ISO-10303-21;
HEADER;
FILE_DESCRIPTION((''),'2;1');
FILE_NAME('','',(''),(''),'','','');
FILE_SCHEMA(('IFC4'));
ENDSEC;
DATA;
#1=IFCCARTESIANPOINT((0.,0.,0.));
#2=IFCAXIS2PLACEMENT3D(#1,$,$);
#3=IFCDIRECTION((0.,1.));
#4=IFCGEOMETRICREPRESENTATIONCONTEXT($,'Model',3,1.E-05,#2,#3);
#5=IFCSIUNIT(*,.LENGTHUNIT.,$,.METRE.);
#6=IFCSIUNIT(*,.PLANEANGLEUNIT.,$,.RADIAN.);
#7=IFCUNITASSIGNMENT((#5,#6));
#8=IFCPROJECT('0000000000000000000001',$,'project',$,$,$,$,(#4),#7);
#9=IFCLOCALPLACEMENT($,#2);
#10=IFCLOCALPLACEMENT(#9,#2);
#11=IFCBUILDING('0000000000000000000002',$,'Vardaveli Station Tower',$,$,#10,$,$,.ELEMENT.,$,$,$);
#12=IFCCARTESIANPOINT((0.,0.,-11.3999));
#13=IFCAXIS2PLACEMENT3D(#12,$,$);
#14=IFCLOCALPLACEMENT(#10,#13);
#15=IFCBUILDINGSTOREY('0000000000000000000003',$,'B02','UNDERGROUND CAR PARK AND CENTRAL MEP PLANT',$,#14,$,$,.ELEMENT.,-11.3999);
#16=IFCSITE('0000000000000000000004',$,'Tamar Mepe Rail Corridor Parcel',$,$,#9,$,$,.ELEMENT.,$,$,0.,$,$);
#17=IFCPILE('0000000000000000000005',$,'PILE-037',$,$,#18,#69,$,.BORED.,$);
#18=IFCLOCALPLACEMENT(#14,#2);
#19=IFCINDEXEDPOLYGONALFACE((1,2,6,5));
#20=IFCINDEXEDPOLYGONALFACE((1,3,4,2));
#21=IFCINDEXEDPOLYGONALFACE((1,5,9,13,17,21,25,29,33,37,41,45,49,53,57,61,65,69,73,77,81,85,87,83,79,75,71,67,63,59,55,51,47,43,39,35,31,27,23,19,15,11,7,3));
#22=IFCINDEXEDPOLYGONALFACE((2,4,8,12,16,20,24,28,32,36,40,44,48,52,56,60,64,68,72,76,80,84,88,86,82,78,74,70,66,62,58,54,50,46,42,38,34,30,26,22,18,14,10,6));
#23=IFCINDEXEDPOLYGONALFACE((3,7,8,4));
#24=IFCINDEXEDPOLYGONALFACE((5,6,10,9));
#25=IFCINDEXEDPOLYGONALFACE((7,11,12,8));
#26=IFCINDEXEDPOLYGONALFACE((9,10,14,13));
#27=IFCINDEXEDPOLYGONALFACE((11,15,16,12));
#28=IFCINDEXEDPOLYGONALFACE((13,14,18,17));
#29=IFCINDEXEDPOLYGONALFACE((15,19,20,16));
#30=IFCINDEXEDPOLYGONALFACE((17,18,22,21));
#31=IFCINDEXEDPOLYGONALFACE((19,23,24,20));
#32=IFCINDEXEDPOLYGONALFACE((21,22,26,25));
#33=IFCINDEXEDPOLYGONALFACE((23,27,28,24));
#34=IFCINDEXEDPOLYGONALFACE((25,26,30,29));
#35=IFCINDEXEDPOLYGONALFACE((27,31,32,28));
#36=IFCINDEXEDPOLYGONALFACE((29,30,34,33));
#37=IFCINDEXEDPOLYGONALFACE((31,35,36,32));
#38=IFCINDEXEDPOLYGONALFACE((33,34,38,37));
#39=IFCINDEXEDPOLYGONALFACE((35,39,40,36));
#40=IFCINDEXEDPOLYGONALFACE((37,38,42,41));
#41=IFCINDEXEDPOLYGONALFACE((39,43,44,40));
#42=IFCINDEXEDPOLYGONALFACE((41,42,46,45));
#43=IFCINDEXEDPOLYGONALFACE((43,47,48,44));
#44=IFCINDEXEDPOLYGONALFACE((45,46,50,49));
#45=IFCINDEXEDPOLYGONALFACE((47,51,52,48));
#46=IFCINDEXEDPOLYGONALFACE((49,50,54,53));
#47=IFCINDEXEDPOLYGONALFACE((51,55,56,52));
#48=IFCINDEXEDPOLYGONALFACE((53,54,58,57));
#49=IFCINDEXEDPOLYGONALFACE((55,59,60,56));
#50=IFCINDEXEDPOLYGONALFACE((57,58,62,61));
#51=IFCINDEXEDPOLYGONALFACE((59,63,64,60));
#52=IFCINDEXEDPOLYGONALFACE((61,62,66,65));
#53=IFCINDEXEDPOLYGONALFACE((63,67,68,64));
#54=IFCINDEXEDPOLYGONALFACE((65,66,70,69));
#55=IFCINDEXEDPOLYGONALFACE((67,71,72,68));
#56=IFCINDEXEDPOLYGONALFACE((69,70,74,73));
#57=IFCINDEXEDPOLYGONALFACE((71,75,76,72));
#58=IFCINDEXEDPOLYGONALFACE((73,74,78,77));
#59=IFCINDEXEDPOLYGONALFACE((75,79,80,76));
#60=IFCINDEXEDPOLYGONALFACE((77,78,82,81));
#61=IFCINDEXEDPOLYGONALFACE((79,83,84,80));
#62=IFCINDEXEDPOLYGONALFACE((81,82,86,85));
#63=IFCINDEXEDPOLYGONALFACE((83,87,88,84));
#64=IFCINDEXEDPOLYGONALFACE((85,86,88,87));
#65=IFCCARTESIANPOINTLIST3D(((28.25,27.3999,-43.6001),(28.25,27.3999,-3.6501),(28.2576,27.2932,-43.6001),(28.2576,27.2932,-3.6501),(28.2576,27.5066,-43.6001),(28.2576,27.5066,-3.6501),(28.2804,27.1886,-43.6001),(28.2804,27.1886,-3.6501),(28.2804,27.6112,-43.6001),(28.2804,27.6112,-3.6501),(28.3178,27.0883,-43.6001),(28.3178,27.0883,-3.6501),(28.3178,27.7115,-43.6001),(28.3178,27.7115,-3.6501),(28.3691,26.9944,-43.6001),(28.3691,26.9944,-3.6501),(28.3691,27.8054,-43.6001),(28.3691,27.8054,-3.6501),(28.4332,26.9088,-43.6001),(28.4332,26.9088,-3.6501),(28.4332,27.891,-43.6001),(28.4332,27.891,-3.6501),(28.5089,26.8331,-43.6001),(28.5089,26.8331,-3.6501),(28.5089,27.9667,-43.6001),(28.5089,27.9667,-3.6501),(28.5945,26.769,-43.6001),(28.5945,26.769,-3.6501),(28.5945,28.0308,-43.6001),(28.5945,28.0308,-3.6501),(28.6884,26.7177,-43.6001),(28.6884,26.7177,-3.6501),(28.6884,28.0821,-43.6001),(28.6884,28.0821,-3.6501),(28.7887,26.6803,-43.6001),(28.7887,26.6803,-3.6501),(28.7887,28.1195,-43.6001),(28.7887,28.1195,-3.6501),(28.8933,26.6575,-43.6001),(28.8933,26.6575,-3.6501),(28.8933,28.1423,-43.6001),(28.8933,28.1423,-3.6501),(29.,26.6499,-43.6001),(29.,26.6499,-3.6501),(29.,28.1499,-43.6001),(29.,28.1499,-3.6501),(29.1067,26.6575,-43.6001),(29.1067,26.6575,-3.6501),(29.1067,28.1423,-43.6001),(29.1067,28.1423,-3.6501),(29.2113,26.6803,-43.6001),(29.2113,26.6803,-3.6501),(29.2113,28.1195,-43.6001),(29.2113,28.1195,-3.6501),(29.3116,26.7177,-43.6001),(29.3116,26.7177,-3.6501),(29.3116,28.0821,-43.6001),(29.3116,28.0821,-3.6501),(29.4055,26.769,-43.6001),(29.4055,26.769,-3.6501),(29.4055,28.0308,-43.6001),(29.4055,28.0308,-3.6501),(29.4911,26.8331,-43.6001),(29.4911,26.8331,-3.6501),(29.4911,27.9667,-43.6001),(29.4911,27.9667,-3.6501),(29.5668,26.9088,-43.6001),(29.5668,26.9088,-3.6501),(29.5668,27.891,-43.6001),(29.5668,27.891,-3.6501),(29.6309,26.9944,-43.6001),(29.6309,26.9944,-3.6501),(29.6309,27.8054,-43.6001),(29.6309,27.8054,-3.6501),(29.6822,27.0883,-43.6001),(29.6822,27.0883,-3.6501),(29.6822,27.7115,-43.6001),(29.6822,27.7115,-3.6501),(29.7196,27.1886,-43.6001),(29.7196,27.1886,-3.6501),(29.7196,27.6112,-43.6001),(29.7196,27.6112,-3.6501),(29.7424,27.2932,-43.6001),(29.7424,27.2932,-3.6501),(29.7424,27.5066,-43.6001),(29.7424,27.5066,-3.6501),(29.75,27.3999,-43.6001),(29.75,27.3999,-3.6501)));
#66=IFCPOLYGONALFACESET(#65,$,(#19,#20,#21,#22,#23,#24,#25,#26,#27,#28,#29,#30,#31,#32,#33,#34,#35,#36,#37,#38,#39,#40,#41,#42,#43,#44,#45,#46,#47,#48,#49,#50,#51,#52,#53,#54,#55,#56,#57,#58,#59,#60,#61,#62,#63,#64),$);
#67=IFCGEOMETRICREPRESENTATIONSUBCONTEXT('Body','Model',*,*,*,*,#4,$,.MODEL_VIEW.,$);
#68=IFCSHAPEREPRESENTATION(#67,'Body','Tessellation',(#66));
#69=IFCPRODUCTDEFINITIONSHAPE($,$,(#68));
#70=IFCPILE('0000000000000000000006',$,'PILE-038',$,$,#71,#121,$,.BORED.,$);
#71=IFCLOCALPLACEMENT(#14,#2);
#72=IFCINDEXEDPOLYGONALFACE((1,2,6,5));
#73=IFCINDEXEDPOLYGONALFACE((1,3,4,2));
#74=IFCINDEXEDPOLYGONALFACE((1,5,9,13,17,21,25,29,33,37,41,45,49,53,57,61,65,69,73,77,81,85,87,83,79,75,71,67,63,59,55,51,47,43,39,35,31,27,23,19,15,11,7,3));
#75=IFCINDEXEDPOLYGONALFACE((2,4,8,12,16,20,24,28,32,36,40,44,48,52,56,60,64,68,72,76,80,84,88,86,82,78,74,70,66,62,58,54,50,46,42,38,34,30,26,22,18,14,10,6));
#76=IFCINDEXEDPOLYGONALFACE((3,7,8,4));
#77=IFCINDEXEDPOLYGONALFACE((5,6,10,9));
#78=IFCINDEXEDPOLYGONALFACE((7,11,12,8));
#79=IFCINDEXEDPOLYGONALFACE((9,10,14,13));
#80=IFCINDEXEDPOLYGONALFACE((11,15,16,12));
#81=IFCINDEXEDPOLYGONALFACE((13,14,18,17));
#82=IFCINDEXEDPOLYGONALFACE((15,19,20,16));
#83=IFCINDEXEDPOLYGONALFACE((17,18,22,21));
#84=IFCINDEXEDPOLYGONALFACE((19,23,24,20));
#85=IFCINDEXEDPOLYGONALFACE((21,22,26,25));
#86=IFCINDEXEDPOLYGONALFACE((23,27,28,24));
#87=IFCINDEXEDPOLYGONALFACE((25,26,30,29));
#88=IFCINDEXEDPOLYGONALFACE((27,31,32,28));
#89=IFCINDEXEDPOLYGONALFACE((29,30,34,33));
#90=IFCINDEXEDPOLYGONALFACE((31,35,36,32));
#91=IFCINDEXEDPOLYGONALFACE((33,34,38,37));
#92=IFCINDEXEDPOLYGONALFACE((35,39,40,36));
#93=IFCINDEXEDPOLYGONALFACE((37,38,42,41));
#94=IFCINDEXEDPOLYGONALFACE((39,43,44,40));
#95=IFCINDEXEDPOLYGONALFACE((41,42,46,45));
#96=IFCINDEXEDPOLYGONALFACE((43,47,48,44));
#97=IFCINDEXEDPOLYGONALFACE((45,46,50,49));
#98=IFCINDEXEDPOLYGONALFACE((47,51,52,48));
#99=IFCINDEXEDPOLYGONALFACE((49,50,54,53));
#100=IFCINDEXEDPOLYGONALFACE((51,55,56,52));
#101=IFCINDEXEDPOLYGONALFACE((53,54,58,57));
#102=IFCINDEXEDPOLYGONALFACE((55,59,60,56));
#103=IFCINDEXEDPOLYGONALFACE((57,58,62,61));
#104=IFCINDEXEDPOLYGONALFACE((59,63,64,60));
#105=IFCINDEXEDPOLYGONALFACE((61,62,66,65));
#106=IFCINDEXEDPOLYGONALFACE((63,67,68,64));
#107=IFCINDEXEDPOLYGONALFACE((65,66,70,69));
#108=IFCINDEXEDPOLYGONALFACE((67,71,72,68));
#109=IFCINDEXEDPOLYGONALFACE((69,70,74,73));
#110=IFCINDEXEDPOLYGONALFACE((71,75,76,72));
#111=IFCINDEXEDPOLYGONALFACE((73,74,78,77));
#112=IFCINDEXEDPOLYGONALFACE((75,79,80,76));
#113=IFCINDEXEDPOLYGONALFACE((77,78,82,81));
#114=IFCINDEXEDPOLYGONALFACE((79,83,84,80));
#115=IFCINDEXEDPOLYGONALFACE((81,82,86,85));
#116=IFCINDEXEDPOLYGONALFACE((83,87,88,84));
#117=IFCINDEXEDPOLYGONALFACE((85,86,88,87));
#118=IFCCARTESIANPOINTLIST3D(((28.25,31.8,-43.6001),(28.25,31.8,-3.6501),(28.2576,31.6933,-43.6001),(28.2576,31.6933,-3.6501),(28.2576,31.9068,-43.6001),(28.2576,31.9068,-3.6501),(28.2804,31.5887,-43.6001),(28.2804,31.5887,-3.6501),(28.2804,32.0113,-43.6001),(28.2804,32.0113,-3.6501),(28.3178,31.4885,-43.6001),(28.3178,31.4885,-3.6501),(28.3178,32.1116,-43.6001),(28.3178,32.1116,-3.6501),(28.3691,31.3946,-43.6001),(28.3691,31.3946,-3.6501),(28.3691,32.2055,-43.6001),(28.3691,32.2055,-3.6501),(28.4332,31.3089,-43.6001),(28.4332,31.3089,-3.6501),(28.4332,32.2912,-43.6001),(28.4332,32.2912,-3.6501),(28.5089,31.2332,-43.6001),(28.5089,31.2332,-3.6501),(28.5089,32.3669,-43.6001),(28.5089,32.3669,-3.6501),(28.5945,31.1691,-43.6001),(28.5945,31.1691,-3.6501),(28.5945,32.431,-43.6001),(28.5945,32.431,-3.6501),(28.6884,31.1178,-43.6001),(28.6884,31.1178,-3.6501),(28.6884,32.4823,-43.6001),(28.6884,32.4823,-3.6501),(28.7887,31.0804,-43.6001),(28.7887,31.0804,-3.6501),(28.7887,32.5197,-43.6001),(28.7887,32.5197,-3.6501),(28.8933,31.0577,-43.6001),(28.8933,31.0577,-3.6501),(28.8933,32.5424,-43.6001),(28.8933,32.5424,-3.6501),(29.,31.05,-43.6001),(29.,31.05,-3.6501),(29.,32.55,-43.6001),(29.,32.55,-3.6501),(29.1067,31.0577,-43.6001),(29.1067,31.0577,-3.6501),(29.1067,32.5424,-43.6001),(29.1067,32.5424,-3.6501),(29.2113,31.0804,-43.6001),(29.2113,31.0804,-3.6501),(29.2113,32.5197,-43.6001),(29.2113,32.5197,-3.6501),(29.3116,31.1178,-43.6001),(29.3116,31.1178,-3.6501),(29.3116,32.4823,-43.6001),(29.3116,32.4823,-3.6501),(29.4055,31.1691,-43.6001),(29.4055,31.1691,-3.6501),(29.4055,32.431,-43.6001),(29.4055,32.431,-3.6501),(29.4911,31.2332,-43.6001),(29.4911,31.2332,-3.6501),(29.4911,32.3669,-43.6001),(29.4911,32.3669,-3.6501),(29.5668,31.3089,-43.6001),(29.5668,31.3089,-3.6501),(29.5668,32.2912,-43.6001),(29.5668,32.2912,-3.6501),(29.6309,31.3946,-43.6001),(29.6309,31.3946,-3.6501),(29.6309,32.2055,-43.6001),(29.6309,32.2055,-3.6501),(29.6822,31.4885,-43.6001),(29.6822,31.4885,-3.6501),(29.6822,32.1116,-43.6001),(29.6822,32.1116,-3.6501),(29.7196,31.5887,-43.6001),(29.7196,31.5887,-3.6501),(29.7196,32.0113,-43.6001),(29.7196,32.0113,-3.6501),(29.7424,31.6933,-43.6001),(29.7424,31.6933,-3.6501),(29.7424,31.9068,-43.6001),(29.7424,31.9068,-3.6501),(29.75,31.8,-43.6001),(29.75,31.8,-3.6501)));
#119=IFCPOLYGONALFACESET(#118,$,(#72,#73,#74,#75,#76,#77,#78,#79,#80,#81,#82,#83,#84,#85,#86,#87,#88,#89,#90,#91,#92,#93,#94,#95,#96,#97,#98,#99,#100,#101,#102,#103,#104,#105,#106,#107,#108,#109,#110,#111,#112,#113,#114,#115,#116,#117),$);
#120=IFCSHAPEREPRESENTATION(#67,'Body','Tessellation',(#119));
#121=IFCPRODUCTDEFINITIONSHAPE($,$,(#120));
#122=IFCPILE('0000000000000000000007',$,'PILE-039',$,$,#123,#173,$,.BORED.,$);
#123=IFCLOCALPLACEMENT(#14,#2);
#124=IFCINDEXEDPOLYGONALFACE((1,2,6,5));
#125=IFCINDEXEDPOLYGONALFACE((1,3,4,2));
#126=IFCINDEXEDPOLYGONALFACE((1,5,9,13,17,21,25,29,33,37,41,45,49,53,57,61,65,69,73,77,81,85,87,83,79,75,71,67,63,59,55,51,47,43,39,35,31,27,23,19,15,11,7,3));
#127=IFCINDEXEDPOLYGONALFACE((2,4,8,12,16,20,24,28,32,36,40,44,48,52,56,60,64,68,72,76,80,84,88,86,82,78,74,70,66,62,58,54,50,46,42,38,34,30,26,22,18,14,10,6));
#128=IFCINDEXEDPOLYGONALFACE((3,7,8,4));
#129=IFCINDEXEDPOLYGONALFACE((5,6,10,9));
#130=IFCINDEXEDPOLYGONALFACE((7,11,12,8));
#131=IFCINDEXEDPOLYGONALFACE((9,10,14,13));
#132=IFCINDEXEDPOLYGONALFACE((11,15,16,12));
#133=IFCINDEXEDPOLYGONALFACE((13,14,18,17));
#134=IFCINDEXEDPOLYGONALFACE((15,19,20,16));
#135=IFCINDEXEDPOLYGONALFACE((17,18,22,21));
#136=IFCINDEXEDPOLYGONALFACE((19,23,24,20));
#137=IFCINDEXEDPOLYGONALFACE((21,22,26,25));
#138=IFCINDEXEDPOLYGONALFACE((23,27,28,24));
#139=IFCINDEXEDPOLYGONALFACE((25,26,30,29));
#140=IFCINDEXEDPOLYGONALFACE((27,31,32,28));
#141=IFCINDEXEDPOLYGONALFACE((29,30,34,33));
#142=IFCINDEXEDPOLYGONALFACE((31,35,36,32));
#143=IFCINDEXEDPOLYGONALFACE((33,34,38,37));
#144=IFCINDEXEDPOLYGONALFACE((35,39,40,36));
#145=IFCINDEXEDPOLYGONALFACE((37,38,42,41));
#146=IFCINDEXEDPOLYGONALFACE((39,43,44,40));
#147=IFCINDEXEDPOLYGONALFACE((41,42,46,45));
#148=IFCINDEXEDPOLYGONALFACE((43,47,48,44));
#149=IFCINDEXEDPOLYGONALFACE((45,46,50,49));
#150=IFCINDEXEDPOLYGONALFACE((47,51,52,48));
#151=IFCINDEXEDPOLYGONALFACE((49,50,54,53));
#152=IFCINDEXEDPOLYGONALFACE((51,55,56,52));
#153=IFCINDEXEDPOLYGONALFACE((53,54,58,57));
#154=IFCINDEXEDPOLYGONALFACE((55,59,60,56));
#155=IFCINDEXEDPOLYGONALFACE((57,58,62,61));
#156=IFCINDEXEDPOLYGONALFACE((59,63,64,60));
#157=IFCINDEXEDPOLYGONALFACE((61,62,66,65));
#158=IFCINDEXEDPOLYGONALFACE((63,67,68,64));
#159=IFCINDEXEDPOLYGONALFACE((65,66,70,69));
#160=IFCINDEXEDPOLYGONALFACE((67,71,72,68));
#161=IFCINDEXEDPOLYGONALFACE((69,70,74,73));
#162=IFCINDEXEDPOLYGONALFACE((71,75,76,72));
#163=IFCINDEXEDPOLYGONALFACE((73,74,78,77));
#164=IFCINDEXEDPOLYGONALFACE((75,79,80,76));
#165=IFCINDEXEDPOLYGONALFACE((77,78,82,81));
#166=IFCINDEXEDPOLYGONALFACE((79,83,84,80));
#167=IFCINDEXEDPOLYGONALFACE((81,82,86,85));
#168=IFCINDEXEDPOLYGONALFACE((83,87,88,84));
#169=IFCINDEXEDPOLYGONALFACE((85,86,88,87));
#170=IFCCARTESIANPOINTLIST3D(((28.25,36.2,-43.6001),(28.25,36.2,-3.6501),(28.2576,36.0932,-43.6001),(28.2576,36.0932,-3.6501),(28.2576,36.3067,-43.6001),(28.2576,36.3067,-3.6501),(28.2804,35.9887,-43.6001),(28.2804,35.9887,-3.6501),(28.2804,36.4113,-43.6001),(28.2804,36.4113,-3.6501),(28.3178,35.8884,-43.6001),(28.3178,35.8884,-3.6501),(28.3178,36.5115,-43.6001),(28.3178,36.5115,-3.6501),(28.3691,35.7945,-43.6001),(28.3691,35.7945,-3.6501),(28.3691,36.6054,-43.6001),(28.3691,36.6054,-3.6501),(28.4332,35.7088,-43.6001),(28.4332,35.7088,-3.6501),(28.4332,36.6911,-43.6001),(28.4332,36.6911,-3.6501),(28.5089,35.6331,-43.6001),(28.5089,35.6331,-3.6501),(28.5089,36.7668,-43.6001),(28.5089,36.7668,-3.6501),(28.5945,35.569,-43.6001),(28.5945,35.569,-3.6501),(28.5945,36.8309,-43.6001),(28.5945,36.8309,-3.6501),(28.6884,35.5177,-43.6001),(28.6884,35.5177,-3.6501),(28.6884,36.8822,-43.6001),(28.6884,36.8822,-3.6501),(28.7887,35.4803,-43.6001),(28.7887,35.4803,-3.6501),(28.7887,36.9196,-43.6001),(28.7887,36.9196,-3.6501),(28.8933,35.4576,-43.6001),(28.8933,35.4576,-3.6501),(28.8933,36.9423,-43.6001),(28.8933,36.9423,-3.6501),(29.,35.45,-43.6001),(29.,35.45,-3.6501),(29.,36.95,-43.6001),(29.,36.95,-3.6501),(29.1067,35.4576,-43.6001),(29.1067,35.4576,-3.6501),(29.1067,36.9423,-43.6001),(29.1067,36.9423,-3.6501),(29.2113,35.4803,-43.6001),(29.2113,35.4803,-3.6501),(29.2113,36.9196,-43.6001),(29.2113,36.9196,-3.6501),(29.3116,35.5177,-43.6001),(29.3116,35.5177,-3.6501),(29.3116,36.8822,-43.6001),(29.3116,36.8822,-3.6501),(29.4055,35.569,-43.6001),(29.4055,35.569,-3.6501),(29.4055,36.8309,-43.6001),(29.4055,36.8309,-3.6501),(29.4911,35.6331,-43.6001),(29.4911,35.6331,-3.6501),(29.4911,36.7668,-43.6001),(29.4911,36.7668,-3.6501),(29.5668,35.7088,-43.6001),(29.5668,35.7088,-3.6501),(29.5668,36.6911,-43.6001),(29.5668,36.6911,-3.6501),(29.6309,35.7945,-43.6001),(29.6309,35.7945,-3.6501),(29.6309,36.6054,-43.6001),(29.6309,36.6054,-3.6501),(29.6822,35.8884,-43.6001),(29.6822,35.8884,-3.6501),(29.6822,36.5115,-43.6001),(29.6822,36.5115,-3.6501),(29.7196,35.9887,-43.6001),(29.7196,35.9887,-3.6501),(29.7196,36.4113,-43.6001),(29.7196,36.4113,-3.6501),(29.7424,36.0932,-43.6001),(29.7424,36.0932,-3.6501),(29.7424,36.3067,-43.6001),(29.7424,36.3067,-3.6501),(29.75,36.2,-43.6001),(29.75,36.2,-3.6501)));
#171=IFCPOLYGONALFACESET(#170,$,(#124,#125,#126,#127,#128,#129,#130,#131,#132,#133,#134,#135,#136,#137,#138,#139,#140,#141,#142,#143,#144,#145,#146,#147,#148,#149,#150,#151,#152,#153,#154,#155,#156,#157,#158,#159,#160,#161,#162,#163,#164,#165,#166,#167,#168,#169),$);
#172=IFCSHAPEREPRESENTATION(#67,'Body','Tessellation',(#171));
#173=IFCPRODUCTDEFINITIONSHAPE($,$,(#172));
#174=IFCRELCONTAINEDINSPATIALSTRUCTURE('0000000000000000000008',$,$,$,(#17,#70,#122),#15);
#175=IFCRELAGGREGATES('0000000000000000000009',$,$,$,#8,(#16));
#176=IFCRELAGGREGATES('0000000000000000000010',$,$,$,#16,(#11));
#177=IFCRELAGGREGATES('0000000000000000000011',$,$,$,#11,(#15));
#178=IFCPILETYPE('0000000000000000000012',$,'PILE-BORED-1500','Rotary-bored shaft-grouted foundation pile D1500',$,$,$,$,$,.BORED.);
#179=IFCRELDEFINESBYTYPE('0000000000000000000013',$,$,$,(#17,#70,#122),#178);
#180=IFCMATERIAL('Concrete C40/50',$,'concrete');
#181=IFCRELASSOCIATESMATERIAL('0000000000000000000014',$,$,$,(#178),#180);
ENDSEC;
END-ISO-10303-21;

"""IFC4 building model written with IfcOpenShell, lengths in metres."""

from ifc_helpers import new_model, si_unit, direction, frame, origin, origin_2d, place, context, subcontext, project, spatial, circle, extrude, source, transform, mapped, material, material_profile, profile_set, type_object, element, save


model = new_model("IFC4")

# Units and contexts
model_context = context("Model", 3, precision=1e-05, world=origin(), true_north=direction((0.0, 1.0)))
body_context = subcontext(model_context, "Body", "Model", "MODEL_VIEW")
ifc_project = project(units=[si_unit("LENGTHUNIT", "METRE"), si_unit("PLANEANGLEUNIT", "RADIAN")], contexts=[model_context])

# Site, building, storey
site_placement = place(None, origin())
site = spatial("IfcSite", under=ifc_project, at=site_placement, Name="Tamar Mepe Rail Corridor Parcel", CompositionType="ELEMENT", RefElevation=0.0)
building_placement = place(site_placement, origin())
building = spatial("IfcBuilding", under=site, at=building_placement, Name="Vardaveli Station Tower", CompositionType="ELEMENT")
storey_placement = place(building_placement, frame((0.0, 0.0, -11.3999)))
storey = spatial("IfcBuildingStorey", under=building, at=storey_placement, Name="B02", Description="UNDERGROUND CAR PARK AND CENTRAL MEP PLANT", CompositionType="ELEMENT", Elevation=-11.3999)

# Piles
ifc_material_1 = material(Name="Concrete C40/50", Category="concrete")
ifc_material_profile_1 = material_profile(ifc_material_1, circle(Radius=0.75, at=origin_2d()), Name="PILE D1500")
ifc_profile_set_1 = profile_set([ifc_material_profile_1], Name="Concrete C40/50")
pile_type = type_object("IfcPileType", Name="PILE-BORED-1500", Description="Rotary-bored shaft-grouted foundation pile D1500", PredefinedType="BORED", material=ifc_profile_set_1)
shared_shape_1 = source(origin(), body_context, "Body", "SweptSolid", [
    extrude(circle(Radius=0.75, at=origin_2d()), origin(), (0.0, 0.0, 1.0), 39.95),
])
for number, where, z_axis, x_axis, name in (
    (1, (29.0, 27.3999, -3.6501), (0.0, 0.0, -1.0), (1.0, 0.0, 0.0), "PILE-037"),
    (2, (29.0, 31.8, -3.6501), (0.0, 0.0, -1.0), (1.0, 0.0, 0.0), "PILE-038"),
    (3, (29.0, 36.2, -3.6501), (0.0, 0.0, -1.0), (1.0, 0.0, 0.0), "PILE-039"),
):
    element("IfcPile", number, at=place(storey_placement, frame(where, z_axis=z_axis, x_axis=x_axis)), inside=storey, type_object=pile_type, Name=name, PredefinedType="BORED", context=body_context, shape_type="MappedRepresentation", body=[
        mapped(shared_shape_1, transform((0.0, 0.0, 0.0), scale=1.0)),
    ])

save(model, "model.ifc")
